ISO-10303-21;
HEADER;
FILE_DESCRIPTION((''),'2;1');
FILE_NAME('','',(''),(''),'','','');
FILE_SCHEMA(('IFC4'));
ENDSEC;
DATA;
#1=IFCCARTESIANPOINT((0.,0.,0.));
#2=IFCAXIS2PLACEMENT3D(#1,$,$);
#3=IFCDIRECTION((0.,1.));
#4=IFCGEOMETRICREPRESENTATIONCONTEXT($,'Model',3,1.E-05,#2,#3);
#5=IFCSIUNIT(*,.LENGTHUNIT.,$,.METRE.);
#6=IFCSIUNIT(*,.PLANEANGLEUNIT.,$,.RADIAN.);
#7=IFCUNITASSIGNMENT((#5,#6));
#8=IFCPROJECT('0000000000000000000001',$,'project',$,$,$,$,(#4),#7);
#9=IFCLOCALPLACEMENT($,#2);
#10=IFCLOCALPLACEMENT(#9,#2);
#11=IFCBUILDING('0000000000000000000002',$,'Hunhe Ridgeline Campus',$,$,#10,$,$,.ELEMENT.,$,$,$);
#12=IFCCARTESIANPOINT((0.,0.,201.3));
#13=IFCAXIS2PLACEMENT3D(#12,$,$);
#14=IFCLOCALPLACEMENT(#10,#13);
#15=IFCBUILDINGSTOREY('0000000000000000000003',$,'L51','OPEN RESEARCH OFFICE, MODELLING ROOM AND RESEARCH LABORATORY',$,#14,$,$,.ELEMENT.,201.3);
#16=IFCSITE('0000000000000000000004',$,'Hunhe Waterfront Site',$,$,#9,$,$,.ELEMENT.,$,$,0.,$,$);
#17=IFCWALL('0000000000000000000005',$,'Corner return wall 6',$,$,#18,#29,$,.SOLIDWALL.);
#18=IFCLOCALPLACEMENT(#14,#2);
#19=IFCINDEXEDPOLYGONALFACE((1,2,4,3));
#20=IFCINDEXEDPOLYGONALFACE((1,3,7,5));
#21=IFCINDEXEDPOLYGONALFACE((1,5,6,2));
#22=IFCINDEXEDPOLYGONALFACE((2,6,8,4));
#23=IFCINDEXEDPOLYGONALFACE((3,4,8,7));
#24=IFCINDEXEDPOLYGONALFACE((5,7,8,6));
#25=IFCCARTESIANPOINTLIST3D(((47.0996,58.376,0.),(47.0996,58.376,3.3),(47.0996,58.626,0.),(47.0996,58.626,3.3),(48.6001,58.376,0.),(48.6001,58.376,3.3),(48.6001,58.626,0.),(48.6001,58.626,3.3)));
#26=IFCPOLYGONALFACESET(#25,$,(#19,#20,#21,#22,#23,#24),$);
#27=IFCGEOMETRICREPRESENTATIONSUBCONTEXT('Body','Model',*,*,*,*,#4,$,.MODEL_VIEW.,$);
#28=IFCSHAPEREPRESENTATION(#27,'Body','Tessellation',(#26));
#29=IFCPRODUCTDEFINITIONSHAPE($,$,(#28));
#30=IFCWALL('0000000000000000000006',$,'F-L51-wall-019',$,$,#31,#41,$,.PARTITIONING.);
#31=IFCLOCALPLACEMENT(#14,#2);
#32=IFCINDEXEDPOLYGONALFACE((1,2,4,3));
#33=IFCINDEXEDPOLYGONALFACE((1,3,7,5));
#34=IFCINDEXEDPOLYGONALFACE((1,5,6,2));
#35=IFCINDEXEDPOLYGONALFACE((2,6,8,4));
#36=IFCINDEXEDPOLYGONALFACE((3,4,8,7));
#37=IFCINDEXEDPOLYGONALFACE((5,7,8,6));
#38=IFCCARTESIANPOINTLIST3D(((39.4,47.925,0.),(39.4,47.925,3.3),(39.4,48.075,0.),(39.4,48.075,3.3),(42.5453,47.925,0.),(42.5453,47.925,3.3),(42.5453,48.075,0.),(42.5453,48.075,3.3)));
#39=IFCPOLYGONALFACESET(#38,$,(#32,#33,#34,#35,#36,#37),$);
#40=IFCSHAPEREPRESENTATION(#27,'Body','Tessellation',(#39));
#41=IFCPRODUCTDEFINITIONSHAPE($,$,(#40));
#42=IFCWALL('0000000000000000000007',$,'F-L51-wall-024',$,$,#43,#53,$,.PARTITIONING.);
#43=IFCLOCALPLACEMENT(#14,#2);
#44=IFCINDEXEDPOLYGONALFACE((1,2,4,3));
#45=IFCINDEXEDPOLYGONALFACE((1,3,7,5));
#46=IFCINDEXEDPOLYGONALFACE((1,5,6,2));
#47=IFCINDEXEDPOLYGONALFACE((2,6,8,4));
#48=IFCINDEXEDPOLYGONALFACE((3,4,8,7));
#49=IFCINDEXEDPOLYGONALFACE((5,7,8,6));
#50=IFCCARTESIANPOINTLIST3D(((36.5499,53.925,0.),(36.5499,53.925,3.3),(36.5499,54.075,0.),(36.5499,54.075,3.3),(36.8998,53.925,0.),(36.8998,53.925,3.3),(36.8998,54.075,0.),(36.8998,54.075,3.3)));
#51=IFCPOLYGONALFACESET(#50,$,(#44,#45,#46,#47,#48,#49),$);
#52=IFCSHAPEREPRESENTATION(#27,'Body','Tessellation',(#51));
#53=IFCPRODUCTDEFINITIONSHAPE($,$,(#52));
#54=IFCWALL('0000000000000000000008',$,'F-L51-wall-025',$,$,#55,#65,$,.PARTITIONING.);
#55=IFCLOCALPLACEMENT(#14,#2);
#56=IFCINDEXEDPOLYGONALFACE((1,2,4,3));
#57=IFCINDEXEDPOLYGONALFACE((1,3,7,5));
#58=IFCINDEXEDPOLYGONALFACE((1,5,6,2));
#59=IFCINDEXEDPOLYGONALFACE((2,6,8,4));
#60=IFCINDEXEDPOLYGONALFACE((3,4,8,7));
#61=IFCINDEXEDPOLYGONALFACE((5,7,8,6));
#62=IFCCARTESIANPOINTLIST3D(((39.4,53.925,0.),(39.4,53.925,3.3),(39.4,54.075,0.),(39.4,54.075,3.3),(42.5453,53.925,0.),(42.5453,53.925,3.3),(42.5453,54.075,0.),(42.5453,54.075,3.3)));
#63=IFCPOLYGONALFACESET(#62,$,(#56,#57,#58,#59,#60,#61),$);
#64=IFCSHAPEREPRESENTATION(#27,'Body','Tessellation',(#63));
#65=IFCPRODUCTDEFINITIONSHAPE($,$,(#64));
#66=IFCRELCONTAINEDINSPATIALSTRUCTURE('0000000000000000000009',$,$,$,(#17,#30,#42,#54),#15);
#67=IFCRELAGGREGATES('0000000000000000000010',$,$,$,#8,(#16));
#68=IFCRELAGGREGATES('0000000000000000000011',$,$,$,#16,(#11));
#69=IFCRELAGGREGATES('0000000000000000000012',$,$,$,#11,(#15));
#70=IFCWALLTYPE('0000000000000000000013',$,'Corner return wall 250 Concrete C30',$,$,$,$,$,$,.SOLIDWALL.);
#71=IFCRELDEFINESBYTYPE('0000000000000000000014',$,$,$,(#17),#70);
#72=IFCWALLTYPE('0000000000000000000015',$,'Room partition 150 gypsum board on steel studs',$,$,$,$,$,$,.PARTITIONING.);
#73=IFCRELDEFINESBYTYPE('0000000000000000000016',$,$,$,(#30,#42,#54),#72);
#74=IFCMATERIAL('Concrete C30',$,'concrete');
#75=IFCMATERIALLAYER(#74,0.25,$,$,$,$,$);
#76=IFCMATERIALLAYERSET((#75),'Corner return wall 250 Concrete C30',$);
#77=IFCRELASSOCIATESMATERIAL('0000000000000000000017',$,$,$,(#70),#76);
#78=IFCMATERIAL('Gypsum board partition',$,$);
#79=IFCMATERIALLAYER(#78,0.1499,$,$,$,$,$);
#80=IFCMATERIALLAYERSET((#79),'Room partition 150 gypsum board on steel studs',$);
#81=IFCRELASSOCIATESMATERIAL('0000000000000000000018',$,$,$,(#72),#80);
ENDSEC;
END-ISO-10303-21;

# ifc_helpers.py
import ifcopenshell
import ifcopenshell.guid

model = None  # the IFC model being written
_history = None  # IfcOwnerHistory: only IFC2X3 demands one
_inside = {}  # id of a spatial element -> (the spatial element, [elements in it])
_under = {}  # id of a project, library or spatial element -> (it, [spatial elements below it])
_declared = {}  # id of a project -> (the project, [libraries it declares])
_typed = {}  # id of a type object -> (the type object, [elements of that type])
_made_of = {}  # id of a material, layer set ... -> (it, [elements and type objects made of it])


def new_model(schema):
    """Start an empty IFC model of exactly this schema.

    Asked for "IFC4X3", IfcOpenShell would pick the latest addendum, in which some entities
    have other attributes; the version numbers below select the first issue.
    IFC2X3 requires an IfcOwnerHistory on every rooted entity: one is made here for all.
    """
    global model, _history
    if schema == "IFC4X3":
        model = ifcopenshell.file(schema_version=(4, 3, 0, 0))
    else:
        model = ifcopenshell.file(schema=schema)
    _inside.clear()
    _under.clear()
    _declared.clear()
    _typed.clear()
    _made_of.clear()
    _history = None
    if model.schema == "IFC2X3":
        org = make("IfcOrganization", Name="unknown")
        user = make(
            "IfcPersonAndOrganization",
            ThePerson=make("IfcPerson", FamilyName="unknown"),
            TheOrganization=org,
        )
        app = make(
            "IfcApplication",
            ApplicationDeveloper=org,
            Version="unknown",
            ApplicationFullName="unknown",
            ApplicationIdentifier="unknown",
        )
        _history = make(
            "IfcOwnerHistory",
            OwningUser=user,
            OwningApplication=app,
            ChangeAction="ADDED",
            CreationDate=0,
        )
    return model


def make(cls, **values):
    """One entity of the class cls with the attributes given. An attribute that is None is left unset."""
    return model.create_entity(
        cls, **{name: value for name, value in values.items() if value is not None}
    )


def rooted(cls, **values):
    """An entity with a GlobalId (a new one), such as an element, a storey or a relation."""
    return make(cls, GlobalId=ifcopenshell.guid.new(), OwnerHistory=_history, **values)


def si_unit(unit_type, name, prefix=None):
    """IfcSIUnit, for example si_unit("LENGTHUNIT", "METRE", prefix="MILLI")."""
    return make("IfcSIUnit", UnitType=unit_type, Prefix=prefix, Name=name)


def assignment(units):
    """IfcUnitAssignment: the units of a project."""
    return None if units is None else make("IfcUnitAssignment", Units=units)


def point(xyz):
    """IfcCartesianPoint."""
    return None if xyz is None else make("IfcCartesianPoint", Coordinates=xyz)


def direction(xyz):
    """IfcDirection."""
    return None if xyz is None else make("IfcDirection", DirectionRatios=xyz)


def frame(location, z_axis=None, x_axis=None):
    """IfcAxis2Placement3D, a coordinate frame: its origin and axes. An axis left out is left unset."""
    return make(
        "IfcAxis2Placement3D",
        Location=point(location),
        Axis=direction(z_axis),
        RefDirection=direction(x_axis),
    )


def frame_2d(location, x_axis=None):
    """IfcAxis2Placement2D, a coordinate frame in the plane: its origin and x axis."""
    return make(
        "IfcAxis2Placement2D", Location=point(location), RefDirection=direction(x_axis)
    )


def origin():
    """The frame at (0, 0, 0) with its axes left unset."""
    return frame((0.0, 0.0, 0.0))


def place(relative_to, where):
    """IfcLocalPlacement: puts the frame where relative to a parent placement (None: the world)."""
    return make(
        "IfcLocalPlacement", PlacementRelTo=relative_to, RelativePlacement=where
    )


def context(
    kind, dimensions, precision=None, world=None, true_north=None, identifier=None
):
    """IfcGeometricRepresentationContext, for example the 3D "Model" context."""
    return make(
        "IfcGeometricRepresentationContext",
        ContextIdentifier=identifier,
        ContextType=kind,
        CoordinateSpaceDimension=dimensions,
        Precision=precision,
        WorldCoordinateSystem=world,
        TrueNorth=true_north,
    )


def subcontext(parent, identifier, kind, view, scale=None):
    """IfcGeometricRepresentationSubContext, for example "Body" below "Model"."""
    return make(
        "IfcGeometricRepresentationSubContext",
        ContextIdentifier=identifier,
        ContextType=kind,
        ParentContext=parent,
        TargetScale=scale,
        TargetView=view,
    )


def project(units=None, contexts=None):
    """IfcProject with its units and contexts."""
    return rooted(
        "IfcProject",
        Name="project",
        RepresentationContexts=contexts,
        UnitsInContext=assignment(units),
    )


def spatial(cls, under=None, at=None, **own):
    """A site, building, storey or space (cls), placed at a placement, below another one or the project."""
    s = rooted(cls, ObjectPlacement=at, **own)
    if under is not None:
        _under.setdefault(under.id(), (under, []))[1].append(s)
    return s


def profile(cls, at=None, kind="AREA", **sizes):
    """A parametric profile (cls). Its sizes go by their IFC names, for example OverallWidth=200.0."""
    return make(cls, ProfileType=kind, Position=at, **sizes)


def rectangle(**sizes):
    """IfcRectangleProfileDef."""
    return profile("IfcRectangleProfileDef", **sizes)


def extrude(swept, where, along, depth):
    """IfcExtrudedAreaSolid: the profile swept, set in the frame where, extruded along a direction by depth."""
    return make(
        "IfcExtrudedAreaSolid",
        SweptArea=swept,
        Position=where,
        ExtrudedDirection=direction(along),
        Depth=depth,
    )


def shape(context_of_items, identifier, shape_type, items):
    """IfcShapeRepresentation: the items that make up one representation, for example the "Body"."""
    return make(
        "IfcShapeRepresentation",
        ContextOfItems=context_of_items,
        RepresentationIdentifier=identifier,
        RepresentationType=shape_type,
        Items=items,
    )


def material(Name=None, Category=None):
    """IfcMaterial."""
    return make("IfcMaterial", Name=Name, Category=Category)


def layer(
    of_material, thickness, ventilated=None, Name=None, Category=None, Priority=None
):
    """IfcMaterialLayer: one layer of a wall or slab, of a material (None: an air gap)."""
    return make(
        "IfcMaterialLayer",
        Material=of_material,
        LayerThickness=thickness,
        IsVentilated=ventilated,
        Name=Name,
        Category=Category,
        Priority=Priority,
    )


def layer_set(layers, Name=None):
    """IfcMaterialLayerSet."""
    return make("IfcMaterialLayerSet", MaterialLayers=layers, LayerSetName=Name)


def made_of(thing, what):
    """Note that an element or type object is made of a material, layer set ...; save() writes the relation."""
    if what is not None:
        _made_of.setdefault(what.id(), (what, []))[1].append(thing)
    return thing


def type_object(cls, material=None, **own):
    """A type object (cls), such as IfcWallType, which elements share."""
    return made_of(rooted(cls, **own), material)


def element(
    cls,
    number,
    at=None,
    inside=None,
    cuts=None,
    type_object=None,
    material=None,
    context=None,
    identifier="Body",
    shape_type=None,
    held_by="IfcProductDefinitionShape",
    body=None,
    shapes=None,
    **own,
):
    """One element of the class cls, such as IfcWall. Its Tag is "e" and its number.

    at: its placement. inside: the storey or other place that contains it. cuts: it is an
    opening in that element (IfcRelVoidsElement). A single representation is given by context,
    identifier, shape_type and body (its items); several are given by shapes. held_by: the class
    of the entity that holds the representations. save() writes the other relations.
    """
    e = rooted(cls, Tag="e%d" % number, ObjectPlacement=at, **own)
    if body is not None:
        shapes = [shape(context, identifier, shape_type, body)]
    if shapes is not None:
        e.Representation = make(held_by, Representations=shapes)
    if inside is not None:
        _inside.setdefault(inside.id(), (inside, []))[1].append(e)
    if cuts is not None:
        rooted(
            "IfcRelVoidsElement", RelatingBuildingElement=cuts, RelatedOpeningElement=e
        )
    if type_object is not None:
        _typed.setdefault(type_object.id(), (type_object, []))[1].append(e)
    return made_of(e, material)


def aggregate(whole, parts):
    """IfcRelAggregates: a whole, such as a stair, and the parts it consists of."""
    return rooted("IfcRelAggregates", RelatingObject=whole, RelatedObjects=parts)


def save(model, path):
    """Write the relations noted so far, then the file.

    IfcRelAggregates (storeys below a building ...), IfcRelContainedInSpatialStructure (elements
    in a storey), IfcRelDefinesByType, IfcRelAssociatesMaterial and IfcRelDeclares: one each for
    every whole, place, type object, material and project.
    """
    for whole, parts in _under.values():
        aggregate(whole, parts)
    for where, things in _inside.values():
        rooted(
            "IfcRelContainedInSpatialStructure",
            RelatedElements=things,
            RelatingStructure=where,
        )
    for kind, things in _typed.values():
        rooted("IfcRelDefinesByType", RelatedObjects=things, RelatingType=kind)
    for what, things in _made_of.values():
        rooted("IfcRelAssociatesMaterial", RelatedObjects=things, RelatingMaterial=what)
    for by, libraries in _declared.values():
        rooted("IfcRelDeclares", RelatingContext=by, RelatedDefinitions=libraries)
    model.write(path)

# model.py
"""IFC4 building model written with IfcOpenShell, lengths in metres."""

from ifc_helpers import new_model, si_unit, direction, frame, frame_2d, origin, place, context, subcontext, project, spatial, rectangle, extrude, material, layer, layer_set, type_object, element, save


model = new_model("IFC4")

# Units and contexts
model_context = context("Model", 3, precision=1e-05, world=origin(), true_north=direction((0.0, 1.0)))
body_context = subcontext(model_context, "Body", "Model", "MODEL_VIEW")
ifc_project = project(units=[si_unit("LENGTHUNIT", "METRE"), si_unit("PLANEANGLEUNIT", "RADIAN")], contexts=[model_context])

# Site, building, storey
site_placement = place(None, origin())
site = spatial("IfcSite", under=ifc_project, at=site_placement, Name="Hunhe Waterfront Site", CompositionType="ELEMENT", RefElevation=0.0)
building_placement = place(site_placement, origin())
building = spatial("IfcBuilding", under=site, at=building_placement, Name="Hunhe Ridgeline Campus", CompositionType="ELEMENT")
storey_placement = place(building_placement, frame((0.0, 0.0, 201.3)))
storey = spatial("IfcBuildingStorey", under=building, at=storey_placement, Name="L51", Description="OPEN RESEARCH OFFICE, MODELLING ROOM AND RESEARCH LABORATORY", CompositionType="ELEMENT", Elevation=201.3)

# Walls
ifc_material_1 = material(Name="Concrete C30", Category="concrete")
ifc_layer_1 = layer(ifc_material_1, 0.25)
ifc_layer_set_1 = layer_set([ifc_layer_1], Name="Corner return wall 250 Concrete C30")
wall_type_1 = type_object("IfcWallType", Name="Corner return wall 250 Concrete C30", PredefinedType="SOLIDWALL", material=ifc_layer_set_1)
wall_1_placement = place(storey_placement, frame((47.0996, 58.501, 0.0), z_axis=(0.0, 0.0, 1.0), x_axis=(1.0, 0.0, 0.0)))
element("IfcWall", 1, at=wall_1_placement, inside=storey, type_object=wall_type_1, Name="Corner return wall 6", PredefinedType="SOLIDWALL", context=body_context, shape_type="SweptSolid", body=[
    extrude(rectangle(XDim=1.5005, YDim=0.25, at=frame_2d((0.7502, 0.0))), origin(), (0.0, 0.0, 1.0), 3.3),
])
ifc_material_2 = material(Name="Gypsum board partition")
ifc_layer_2 = layer(ifc_material_2, 0.1499)
ifc_layer_set_2 = layer_set([ifc_layer_2], Name="Room partition 150 gypsum board on steel studs")
wall_type_2 = type_object("IfcWallType", Name="Room partition 150 gypsum board on steel studs", PredefinedType="PARTITIONING", material=ifc_layer_set_2)
wall_2_placement = place(storey_placement, frame((39.3999, 48.0, 0.0), z_axis=(0.0, 0.0, 1.0), x_axis=(1.0, 0.0, 0.0)))
element("IfcWall", 2, at=wall_2_placement, inside=storey, type_object=wall_type_2, Name="F-L51-wall-019", PredefinedType="PARTITIONING", context=body_context, shape_type="SweptSolid", body=[
    extrude(rectangle(XDim=3.1453, YDim=0.1499, at=frame_2d((1.5728, 0.0))), origin(), (0.0, 0.0, 1.0), 3.3),
])
wall_3_placement = place(storey_placement, frame((36.55, 54.0, 0.0), z_axis=(0.0, 0.0, 1.0), x_axis=(1.0, 0.0, 0.0)))
element("IfcWall", 3, at=wall_3_placement, inside=storey, type_object=wall_type_2, Name="F-L51-wall-024", PredefinedType="PARTITIONING", context=body_context, shape_type="SweptSolid", body=[
    extrude(rectangle(XDim=0.3499, YDim=0.1499, at=frame_2d((0.1748, 0.0))), origin(), (0.0, 0.0, 1.0), 3.3),
])
wall_4_placement = place(storey_placement, frame((39.3999, 54.0, 0.0), z_axis=(0.0, 0.0, 1.0), x_axis=(1.0, 0.0, 0.0)))
element("IfcWall", 4, at=wall_4_placement, inside=storey, type_object=wall_type_2, Name="F-L51-wall-025", PredefinedType="PARTITIONING", context=body_context, shape_type="SweptSolid", body=[
    extrude(rectangle(XDim=3.1453, YDim=0.1499, at=frame_2d((1.5728, 0.0))), origin(), (0.0, 0.0, 1.0), 3.3),
])

save(model, "model.ifc")
